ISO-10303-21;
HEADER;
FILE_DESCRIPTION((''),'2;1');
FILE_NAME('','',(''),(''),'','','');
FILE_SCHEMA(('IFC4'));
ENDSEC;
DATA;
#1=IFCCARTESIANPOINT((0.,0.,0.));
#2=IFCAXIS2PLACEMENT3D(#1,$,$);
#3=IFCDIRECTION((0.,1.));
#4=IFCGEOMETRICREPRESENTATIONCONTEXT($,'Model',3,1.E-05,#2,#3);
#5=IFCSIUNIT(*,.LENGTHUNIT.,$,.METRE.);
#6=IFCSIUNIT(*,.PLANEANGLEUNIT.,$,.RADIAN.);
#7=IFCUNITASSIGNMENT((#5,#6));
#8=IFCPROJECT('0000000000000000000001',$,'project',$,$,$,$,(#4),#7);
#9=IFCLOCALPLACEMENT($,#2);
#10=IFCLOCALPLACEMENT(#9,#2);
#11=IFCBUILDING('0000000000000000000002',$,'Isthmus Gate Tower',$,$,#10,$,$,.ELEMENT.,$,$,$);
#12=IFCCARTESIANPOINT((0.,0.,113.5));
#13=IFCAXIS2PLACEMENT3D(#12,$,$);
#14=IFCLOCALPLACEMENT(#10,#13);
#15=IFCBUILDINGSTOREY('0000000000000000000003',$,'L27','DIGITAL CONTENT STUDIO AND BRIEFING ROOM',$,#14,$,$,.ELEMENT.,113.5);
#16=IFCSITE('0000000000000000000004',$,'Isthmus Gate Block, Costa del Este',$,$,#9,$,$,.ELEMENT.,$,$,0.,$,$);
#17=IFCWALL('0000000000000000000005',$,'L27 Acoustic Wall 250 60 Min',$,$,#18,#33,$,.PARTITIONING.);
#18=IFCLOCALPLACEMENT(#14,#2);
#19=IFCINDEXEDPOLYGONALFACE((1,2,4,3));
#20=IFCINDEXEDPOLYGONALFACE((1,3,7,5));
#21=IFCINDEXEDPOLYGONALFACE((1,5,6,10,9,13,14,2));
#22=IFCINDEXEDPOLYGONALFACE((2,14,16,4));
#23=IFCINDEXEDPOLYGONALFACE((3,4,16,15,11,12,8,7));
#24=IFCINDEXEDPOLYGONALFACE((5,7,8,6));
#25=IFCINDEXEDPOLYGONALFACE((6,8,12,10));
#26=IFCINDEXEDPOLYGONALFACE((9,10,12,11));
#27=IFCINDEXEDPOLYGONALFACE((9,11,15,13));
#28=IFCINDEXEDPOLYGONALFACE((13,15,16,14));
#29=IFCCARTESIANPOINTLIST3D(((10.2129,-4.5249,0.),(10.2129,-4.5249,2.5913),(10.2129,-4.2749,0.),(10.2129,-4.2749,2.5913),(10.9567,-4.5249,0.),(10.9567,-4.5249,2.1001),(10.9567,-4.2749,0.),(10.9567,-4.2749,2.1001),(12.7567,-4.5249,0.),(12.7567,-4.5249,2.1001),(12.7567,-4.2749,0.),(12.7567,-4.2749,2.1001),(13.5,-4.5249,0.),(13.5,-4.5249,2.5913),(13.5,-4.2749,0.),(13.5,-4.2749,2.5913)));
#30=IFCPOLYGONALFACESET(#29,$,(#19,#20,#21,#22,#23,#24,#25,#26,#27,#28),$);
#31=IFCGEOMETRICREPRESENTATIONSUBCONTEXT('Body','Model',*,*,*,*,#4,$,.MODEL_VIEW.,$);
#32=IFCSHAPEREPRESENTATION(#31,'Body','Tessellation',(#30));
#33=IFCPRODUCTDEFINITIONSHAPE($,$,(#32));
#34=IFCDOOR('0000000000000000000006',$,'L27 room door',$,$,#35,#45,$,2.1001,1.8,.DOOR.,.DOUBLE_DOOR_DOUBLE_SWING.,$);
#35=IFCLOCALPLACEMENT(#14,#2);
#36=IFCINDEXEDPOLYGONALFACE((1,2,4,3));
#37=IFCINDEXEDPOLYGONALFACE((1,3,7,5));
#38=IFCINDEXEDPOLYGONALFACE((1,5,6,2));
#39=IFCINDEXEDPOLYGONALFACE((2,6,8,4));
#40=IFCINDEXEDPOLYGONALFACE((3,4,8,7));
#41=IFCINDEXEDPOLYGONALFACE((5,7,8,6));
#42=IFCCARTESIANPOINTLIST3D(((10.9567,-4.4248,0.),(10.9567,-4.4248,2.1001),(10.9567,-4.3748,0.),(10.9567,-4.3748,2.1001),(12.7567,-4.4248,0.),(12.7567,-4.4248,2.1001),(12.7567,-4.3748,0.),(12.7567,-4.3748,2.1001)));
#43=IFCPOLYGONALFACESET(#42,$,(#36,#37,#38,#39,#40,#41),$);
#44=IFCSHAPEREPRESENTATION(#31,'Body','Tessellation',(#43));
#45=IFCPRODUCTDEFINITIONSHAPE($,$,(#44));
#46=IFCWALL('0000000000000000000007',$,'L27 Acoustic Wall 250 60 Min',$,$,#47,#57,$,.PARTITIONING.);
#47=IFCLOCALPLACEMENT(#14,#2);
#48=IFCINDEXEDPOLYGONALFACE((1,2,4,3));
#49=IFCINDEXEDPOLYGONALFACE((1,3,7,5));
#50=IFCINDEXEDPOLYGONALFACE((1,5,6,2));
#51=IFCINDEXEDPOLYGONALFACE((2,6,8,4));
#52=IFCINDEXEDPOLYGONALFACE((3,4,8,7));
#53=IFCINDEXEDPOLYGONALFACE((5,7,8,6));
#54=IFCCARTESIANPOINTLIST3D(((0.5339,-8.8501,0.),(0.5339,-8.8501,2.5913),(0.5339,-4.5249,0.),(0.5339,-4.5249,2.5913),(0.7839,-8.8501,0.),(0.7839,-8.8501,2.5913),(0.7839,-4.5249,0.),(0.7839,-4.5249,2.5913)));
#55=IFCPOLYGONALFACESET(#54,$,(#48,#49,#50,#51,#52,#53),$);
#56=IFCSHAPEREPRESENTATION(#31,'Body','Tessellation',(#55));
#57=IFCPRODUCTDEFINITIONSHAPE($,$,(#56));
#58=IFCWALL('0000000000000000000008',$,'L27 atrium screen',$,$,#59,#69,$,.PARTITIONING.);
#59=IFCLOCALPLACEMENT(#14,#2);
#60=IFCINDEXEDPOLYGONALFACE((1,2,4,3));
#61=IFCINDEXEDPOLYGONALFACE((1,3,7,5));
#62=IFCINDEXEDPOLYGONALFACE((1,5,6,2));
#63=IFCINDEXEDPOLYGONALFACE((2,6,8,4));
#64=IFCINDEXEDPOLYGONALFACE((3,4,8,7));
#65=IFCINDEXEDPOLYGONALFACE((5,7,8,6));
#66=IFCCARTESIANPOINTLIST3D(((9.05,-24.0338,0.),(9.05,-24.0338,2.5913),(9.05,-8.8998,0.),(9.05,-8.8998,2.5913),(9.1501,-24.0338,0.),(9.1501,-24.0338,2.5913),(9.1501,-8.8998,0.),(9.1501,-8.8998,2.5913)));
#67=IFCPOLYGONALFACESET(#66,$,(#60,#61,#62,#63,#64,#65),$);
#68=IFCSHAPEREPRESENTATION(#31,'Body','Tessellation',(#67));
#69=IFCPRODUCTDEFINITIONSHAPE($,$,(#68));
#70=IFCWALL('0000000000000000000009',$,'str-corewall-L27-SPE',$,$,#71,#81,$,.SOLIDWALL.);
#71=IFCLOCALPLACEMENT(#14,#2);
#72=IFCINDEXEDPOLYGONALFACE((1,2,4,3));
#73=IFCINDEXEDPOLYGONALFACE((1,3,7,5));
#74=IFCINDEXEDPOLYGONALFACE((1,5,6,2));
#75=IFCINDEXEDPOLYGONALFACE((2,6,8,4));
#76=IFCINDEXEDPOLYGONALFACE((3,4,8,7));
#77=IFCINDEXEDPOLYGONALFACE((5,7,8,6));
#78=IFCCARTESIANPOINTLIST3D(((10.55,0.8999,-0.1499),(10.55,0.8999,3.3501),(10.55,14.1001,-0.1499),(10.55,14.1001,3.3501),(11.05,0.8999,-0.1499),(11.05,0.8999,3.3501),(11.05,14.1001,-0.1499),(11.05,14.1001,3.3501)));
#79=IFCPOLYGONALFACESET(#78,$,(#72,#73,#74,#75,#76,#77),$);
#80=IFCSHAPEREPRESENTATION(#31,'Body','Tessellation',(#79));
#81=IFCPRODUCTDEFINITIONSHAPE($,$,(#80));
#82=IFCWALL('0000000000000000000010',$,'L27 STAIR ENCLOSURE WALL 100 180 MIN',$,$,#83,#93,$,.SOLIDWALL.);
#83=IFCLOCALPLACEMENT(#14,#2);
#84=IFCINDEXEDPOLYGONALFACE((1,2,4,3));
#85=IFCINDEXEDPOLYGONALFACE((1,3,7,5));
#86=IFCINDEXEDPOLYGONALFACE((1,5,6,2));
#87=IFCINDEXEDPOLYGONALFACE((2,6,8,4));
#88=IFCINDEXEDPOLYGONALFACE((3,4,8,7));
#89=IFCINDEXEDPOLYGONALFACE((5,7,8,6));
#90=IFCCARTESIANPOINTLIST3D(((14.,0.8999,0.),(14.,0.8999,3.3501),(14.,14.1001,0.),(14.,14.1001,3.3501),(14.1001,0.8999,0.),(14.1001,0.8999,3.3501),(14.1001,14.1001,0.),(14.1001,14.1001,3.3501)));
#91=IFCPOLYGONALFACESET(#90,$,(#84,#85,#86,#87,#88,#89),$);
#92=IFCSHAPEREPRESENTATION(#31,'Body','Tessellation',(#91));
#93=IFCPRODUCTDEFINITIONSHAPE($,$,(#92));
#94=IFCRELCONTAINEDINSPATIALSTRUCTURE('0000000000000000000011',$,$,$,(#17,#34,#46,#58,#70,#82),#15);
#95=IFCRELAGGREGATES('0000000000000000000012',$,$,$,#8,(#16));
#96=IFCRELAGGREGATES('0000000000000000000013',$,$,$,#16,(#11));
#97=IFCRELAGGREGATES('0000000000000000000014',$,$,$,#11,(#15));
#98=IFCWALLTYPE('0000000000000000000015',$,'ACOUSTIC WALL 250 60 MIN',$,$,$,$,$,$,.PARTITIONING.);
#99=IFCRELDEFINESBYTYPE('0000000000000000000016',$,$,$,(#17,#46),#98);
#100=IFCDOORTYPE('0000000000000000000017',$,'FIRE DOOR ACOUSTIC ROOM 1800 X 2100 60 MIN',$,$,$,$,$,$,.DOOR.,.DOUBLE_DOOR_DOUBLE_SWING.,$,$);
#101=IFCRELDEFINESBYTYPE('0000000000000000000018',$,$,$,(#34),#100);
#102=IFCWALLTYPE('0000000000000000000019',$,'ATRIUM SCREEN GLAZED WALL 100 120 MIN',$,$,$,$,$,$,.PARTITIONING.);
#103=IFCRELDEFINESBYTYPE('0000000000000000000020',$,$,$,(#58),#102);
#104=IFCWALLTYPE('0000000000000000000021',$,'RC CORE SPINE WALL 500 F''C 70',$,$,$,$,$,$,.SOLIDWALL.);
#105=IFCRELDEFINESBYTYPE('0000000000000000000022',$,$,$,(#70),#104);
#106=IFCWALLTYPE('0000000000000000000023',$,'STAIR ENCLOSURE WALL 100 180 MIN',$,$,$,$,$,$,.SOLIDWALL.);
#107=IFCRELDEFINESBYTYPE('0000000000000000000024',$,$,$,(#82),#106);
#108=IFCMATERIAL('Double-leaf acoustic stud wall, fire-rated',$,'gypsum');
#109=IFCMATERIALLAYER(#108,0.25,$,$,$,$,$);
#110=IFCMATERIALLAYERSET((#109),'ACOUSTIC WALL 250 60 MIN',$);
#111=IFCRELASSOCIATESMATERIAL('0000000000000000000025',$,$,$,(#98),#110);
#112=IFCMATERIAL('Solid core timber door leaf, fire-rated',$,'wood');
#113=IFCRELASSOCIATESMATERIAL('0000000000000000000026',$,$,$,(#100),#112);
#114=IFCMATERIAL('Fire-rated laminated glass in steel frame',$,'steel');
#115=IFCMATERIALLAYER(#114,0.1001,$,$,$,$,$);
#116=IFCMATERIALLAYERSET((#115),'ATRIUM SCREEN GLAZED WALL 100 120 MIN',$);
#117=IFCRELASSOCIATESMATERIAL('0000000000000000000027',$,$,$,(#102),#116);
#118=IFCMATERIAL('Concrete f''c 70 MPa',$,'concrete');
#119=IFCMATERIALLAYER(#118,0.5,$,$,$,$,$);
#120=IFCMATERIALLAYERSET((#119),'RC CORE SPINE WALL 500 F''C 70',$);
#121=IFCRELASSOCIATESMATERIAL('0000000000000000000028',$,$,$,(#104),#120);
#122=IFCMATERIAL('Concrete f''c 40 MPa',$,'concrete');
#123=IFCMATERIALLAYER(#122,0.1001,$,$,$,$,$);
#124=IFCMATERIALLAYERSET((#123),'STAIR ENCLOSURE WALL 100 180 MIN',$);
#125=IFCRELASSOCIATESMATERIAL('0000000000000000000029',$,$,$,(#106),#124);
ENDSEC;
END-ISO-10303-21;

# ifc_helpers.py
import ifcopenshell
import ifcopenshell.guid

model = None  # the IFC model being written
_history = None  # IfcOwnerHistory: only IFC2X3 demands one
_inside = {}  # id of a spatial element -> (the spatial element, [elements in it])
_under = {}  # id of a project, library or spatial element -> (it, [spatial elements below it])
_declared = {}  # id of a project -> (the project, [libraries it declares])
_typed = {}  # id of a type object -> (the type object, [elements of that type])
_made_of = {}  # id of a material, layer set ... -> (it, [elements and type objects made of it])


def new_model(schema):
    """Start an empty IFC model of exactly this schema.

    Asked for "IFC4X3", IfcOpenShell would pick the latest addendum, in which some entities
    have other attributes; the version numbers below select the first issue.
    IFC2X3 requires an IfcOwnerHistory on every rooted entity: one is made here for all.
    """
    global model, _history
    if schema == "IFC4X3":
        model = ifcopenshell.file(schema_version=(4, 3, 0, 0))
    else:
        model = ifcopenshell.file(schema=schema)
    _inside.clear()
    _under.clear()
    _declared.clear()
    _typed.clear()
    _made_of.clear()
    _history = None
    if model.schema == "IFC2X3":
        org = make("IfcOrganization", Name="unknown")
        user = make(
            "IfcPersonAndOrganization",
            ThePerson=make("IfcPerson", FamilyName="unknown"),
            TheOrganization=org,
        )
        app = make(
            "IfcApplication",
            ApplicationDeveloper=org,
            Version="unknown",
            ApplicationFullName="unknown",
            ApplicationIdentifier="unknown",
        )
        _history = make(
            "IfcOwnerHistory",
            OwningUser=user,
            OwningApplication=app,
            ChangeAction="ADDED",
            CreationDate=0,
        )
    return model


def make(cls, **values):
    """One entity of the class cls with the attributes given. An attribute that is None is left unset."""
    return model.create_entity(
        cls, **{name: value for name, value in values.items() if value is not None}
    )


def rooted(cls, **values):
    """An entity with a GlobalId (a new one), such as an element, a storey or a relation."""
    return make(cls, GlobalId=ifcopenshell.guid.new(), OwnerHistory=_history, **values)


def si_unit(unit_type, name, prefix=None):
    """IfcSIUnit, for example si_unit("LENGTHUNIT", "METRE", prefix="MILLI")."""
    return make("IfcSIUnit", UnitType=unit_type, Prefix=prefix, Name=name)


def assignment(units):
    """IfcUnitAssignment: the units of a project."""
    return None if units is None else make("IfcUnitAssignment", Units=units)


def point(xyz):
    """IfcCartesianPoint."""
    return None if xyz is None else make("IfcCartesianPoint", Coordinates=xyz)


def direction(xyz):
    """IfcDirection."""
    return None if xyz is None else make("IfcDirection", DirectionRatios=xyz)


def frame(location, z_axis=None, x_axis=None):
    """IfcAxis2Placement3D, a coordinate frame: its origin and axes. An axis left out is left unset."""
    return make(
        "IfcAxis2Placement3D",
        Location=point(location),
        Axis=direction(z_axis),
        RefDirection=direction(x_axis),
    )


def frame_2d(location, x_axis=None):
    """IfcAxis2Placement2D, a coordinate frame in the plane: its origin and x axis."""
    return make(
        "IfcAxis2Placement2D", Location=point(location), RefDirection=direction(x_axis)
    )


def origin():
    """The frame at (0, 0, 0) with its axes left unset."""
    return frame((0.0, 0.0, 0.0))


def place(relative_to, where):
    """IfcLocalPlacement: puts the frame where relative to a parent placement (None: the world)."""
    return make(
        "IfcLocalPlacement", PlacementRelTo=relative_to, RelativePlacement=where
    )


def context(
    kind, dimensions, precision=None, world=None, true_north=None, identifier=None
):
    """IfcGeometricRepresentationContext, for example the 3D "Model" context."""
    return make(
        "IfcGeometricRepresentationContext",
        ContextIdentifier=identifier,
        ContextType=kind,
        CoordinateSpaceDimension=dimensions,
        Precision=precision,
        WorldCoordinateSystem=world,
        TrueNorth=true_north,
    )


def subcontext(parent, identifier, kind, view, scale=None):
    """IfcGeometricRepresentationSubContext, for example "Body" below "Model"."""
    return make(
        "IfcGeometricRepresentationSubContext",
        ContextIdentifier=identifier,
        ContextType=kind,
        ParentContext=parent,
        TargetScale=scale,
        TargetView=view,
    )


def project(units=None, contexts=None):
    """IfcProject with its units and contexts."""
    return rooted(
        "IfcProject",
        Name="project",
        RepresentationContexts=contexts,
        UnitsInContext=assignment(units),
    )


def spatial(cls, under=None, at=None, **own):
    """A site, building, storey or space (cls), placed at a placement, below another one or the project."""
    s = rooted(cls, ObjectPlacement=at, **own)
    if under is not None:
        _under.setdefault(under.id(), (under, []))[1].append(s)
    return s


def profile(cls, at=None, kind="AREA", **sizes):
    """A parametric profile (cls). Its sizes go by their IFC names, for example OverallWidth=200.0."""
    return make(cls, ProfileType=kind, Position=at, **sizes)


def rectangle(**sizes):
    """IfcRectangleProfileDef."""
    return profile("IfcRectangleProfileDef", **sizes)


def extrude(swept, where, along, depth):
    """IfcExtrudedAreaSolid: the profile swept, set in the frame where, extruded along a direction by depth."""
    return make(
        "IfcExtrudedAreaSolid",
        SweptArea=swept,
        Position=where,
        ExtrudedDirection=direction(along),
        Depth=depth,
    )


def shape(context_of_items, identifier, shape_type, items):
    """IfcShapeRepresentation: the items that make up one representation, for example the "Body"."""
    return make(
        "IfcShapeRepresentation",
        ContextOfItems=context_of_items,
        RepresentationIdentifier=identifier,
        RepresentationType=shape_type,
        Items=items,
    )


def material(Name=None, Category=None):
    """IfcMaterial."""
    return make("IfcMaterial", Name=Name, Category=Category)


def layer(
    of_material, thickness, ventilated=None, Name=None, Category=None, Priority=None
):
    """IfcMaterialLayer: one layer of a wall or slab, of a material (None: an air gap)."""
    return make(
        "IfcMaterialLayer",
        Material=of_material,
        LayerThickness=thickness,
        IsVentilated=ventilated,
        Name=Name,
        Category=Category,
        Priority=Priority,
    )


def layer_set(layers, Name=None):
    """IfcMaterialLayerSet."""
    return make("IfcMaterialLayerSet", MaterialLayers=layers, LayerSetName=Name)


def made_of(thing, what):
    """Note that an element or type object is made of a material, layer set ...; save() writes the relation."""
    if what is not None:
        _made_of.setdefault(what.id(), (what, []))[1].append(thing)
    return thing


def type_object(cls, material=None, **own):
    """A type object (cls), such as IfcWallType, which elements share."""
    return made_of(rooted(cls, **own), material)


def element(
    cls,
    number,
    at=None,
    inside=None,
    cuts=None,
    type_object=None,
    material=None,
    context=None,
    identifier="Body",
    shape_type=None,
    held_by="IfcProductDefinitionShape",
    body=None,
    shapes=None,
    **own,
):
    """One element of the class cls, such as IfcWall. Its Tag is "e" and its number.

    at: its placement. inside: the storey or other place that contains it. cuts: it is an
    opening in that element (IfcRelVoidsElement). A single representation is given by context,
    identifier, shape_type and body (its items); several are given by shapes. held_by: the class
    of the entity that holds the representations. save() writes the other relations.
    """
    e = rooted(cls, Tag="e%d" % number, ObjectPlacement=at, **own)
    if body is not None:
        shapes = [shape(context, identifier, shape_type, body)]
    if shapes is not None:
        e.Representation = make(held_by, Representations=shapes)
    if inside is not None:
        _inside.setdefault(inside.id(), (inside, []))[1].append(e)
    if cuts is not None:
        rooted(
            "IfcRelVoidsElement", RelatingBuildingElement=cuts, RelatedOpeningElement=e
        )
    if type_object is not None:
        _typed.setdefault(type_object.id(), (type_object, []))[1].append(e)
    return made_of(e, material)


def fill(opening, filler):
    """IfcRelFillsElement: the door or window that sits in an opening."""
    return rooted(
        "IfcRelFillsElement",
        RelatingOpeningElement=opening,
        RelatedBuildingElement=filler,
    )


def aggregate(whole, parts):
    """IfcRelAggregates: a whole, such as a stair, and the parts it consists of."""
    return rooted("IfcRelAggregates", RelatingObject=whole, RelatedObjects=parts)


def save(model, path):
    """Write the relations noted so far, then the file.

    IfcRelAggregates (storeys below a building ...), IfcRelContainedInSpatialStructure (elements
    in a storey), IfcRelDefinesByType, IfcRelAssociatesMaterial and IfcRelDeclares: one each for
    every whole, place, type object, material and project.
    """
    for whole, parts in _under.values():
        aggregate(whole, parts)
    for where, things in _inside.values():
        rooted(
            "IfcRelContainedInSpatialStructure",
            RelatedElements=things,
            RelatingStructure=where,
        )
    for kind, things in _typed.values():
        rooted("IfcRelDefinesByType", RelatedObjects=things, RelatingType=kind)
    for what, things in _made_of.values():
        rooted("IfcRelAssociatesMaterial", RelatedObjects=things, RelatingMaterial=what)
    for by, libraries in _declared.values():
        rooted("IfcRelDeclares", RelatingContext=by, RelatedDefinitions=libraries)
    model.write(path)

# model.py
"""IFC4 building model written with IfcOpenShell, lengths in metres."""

from ifc_helpers import new_model, si_unit, direction, frame, frame_2d, origin, place, context, subcontext, project, spatial, rectangle, extrude, material, layer, layer_set, type_object, element, fill, save


model = new_model("IFC4")

# Units and contexts
model_context = context("Model", 3, precision=1e-05, world=origin(), true_north=direction((0.0, 1.0)))
body_context = subcontext(model_context, "Body", "Model", "MODEL_VIEW")
ifc_project = project(units=[si_unit("LENGTHUNIT", "METRE"), si_unit("PLANEANGLEUNIT", "RADIAN")], contexts=[model_context])

# Site, building, storey
site_placement = place(None, origin())
site = spatial("IfcSite", under=ifc_project, at=site_placement, Name="Isthmus Gate Block, Costa del Este", CompositionType="ELEMENT", RefElevation=0.0)
building_placement = place(site_placement, origin())
building = spatial("IfcBuilding", under=site, at=building_placement, Name="Isthmus Gate Tower", CompositionType="ELEMENT")
storey_placement = place(building_placement, frame((0.0, 0.0, 113.5)))
storey = spatial("IfcBuildingStorey", under=building, at=storey_placement, Name="L27", Description="DIGITAL CONTENT STUDIO AND BRIEFING ROOM", CompositionType="ELEMENT", Elevation=113.5)

# Wall, opening, door
ifc_material_1 = material(Name="Double-leaf acoustic stud wall, fire-rated", Category="gypsum")
ifc_layer_1 = layer(ifc_material_1, 0.25)
ifc_layer_set_1 = layer_set([ifc_layer_1], Name="ACOUSTIC WALL 250 60 MIN")
wall_type_1 = type_object("IfcWallType", Name="ACOUSTIC WALL 250 60 MIN", PredefinedType="PARTITIONING", material=ifc_layer_set_1)
ifc_material_2 = material(Name="Solid core timber door leaf, fire-rated", Category="wood")
door_type = type_object("IfcDoorType", Name="FIRE DOOR ACOUSTIC ROOM 1800 X 2100 60 MIN", OperationType="DOUBLE_DOOR_DOUBLE_SWING", PredefinedType="DOOR", material=ifc_material_2)
wall_1_placement = place(storey_placement, frame((13.5, -4.3999, 0.0), z_axis=(0.0, 0.0, 1.0), x_axis=(-1.0, 0.0, 0.0)))
wall_1 = element("IfcWall", 1, at=wall_1_placement, inside=storey, type_object=wall_type_1, Name="L27 Acoustic Wall 250 60 Min", PredefinedType="PARTITIONING", context=body_context, shape_type="SweptSolid", body=[
    extrude(rectangle(XDim=3.2871, YDim=0.25, at=frame_2d((1.6436, 0.0))), origin(), (0.0, 0.0, 1.0), 2.5913),
])
opening_1_placement = place(wall_1_placement, frame((0.7434, 0.0, 0.0)))
opening_1 = element("IfcOpeningElement", 2, at=opening_1_placement, cuts=wall_1, PredefinedType="OPENING", context=body_context, shape_type="SweptSolid", body=[
    extrude(rectangle(XDim=1.8, YDim=2.1001, at=frame_2d((0.8999, 1.05))), frame((0.0, 0.135, 0.0), z_axis=(0.0, -1.0, 0.0), x_axis=(1.0, 0.0, 0.0)), (0.0, 0.0, 1.0), 0.27),
])
door_1_placement = place(opening_1_placement, origin())
door_1 = element("IfcDoor", 3, at=door_1_placement, inside=storey, type_object=door_type, Name="L27 room door", OperationType="DOUBLE_DOOR_DOUBLE_SWING", OverallHeight=2.1001, OverallWidth=1.8, PredefinedType="DOOR", context=body_context, shape_type="SweptSolid", body=[
    extrude(rectangle(XDim=1.8, YDim=2.1001, at=frame_2d((0.8999, 1.05))), frame((0.0, 0.0249, 0.0), z_axis=(0.0, -1.0, 0.0), x_axis=(1.0, 0.0, 0.0)), (0.0, 0.0, 1.0), 0.05),
])
fill(opening_1, door_1)

# Walls
wall_2_placement = place(storey_placement, frame((0.6589, -8.8501, 0.0), z_axis=(0.0, 0.0, 1.0), x_axis=(0.0, 1.0, 0.0)))
element("IfcWall", 4, at=wall_2_placement, inside=storey, type_object=wall_type_1, Name="L27 Acoustic Wall 250 60 Min", PredefinedType="PARTITIONING", context=body_context, shape_type="SweptSolid", body=[
    extrude(rectangle(XDim=4.3252, YDim=0.25, at=frame_2d((2.1626, 0.0))), origin(), (0.0, 0.0, 1.0), 2.5913),
])
ifc_material_3 = material(Name="Fire-rated laminated glass in steel frame", Category="steel")
ifc_layer_2 = layer(ifc_material_3, 0.1001)
ifc_layer_set_2 = layer_set([ifc_layer_2], Name="ATRIUM SCREEN GLAZED WALL 100 120 MIN")
wall_type_2 = type_object("IfcWallType", Name="ATRIUM SCREEN GLAZED WALL 100 120 MIN", PredefinedType="PARTITIONING", material=ifc_layer_set_2)
wall_3_placement = place(storey_placement, frame((9.1001, -8.8999, 0.0), z_axis=(0.0, 0.0, 1.0), x_axis=(0.0, -1.0, 0.0)))
element("IfcWall", 5, at=wall_3_placement, inside=storey, type_object=wall_type_2, Name="L27 atrium screen", PredefinedType="PARTITIONING", context=body_context, shape_type="SweptSolid", body=[
    extrude(rectangle(XDim=15.134, YDim=0.1001, at=frame_2d((7.5669, 0.0))), origin(), (0.0, 0.0, 1.0), 2.5913),
])
ifc_material_4 = material(Name="Concrete f'c 70 MPa", Category="concrete")
ifc_layer_3 = layer(ifc_material_4, 0.5)
ifc_layer_set_3 = layer_set([ifc_layer_3], Name="RC CORE SPINE WALL 500 F'C 70")
wall_type_3 = type_object("IfcWallType", Name="RC CORE SPINE WALL 500 F'C 70", PredefinedType="SOLIDWALL", material=ifc_layer_set_3)
wall_4_placement = place(storey_placement, frame((10.8, 0.8999, -0.1499), z_axis=(0.0, 0.0, 1.0), x_axis=(0.0, 1.0, 0.0)))
element("IfcWall", 6, at=wall_4_placement, inside=storey, type_object=wall_type_3, Name="str-corewall-L27-SPE", PredefinedType="SOLIDWALL", context=body_context, shape_type="SweptSolid", body=[
    extrude(rectangle(XDim=13.2002, YDim=0.5, at=frame_2d((6.6001, 0.0))), origin(), (0.0, 0.0, 1.0), 3.5),
])
ifc_material_5 = material(Name="Concrete f'c 40 MPa", Category="concrete")
ifc_layer_4 = layer(ifc_material_5, 0.1001)
ifc_layer_set_4 = layer_set([ifc_layer_4], Name="STAIR ENCLOSURE WALL 100 180 MIN")
wall_type_4 = type_object("IfcWallType", Name="STAIR ENCLOSURE WALL 100 180 MIN", PredefinedType="SOLIDWALL", material=ifc_layer_set_4)
wall_5_placement = place(storey_placement, frame((14.05, 0.8999, 0.0), z_axis=(0.0, 0.0, 1.0), x_axis=(0.0, 1.0, 0.0)))
element("IfcWall", 7, at=wall_5_placement, inside=storey, type_object=wall_type_4, Name="L27 STAIR ENCLOSURE WALL 100 180 MIN", PredefinedType="SOLIDWALL", context=body_context, shape_type="SweptSolid", body=[
    extrude(rectangle(XDim=13.2002, YDim=0.1001, at=frame_2d((6.6001, 0.0))), origin(), (0.0, 0.0, 1.0), 3.3501),
])

save(model, "model.ifc")
